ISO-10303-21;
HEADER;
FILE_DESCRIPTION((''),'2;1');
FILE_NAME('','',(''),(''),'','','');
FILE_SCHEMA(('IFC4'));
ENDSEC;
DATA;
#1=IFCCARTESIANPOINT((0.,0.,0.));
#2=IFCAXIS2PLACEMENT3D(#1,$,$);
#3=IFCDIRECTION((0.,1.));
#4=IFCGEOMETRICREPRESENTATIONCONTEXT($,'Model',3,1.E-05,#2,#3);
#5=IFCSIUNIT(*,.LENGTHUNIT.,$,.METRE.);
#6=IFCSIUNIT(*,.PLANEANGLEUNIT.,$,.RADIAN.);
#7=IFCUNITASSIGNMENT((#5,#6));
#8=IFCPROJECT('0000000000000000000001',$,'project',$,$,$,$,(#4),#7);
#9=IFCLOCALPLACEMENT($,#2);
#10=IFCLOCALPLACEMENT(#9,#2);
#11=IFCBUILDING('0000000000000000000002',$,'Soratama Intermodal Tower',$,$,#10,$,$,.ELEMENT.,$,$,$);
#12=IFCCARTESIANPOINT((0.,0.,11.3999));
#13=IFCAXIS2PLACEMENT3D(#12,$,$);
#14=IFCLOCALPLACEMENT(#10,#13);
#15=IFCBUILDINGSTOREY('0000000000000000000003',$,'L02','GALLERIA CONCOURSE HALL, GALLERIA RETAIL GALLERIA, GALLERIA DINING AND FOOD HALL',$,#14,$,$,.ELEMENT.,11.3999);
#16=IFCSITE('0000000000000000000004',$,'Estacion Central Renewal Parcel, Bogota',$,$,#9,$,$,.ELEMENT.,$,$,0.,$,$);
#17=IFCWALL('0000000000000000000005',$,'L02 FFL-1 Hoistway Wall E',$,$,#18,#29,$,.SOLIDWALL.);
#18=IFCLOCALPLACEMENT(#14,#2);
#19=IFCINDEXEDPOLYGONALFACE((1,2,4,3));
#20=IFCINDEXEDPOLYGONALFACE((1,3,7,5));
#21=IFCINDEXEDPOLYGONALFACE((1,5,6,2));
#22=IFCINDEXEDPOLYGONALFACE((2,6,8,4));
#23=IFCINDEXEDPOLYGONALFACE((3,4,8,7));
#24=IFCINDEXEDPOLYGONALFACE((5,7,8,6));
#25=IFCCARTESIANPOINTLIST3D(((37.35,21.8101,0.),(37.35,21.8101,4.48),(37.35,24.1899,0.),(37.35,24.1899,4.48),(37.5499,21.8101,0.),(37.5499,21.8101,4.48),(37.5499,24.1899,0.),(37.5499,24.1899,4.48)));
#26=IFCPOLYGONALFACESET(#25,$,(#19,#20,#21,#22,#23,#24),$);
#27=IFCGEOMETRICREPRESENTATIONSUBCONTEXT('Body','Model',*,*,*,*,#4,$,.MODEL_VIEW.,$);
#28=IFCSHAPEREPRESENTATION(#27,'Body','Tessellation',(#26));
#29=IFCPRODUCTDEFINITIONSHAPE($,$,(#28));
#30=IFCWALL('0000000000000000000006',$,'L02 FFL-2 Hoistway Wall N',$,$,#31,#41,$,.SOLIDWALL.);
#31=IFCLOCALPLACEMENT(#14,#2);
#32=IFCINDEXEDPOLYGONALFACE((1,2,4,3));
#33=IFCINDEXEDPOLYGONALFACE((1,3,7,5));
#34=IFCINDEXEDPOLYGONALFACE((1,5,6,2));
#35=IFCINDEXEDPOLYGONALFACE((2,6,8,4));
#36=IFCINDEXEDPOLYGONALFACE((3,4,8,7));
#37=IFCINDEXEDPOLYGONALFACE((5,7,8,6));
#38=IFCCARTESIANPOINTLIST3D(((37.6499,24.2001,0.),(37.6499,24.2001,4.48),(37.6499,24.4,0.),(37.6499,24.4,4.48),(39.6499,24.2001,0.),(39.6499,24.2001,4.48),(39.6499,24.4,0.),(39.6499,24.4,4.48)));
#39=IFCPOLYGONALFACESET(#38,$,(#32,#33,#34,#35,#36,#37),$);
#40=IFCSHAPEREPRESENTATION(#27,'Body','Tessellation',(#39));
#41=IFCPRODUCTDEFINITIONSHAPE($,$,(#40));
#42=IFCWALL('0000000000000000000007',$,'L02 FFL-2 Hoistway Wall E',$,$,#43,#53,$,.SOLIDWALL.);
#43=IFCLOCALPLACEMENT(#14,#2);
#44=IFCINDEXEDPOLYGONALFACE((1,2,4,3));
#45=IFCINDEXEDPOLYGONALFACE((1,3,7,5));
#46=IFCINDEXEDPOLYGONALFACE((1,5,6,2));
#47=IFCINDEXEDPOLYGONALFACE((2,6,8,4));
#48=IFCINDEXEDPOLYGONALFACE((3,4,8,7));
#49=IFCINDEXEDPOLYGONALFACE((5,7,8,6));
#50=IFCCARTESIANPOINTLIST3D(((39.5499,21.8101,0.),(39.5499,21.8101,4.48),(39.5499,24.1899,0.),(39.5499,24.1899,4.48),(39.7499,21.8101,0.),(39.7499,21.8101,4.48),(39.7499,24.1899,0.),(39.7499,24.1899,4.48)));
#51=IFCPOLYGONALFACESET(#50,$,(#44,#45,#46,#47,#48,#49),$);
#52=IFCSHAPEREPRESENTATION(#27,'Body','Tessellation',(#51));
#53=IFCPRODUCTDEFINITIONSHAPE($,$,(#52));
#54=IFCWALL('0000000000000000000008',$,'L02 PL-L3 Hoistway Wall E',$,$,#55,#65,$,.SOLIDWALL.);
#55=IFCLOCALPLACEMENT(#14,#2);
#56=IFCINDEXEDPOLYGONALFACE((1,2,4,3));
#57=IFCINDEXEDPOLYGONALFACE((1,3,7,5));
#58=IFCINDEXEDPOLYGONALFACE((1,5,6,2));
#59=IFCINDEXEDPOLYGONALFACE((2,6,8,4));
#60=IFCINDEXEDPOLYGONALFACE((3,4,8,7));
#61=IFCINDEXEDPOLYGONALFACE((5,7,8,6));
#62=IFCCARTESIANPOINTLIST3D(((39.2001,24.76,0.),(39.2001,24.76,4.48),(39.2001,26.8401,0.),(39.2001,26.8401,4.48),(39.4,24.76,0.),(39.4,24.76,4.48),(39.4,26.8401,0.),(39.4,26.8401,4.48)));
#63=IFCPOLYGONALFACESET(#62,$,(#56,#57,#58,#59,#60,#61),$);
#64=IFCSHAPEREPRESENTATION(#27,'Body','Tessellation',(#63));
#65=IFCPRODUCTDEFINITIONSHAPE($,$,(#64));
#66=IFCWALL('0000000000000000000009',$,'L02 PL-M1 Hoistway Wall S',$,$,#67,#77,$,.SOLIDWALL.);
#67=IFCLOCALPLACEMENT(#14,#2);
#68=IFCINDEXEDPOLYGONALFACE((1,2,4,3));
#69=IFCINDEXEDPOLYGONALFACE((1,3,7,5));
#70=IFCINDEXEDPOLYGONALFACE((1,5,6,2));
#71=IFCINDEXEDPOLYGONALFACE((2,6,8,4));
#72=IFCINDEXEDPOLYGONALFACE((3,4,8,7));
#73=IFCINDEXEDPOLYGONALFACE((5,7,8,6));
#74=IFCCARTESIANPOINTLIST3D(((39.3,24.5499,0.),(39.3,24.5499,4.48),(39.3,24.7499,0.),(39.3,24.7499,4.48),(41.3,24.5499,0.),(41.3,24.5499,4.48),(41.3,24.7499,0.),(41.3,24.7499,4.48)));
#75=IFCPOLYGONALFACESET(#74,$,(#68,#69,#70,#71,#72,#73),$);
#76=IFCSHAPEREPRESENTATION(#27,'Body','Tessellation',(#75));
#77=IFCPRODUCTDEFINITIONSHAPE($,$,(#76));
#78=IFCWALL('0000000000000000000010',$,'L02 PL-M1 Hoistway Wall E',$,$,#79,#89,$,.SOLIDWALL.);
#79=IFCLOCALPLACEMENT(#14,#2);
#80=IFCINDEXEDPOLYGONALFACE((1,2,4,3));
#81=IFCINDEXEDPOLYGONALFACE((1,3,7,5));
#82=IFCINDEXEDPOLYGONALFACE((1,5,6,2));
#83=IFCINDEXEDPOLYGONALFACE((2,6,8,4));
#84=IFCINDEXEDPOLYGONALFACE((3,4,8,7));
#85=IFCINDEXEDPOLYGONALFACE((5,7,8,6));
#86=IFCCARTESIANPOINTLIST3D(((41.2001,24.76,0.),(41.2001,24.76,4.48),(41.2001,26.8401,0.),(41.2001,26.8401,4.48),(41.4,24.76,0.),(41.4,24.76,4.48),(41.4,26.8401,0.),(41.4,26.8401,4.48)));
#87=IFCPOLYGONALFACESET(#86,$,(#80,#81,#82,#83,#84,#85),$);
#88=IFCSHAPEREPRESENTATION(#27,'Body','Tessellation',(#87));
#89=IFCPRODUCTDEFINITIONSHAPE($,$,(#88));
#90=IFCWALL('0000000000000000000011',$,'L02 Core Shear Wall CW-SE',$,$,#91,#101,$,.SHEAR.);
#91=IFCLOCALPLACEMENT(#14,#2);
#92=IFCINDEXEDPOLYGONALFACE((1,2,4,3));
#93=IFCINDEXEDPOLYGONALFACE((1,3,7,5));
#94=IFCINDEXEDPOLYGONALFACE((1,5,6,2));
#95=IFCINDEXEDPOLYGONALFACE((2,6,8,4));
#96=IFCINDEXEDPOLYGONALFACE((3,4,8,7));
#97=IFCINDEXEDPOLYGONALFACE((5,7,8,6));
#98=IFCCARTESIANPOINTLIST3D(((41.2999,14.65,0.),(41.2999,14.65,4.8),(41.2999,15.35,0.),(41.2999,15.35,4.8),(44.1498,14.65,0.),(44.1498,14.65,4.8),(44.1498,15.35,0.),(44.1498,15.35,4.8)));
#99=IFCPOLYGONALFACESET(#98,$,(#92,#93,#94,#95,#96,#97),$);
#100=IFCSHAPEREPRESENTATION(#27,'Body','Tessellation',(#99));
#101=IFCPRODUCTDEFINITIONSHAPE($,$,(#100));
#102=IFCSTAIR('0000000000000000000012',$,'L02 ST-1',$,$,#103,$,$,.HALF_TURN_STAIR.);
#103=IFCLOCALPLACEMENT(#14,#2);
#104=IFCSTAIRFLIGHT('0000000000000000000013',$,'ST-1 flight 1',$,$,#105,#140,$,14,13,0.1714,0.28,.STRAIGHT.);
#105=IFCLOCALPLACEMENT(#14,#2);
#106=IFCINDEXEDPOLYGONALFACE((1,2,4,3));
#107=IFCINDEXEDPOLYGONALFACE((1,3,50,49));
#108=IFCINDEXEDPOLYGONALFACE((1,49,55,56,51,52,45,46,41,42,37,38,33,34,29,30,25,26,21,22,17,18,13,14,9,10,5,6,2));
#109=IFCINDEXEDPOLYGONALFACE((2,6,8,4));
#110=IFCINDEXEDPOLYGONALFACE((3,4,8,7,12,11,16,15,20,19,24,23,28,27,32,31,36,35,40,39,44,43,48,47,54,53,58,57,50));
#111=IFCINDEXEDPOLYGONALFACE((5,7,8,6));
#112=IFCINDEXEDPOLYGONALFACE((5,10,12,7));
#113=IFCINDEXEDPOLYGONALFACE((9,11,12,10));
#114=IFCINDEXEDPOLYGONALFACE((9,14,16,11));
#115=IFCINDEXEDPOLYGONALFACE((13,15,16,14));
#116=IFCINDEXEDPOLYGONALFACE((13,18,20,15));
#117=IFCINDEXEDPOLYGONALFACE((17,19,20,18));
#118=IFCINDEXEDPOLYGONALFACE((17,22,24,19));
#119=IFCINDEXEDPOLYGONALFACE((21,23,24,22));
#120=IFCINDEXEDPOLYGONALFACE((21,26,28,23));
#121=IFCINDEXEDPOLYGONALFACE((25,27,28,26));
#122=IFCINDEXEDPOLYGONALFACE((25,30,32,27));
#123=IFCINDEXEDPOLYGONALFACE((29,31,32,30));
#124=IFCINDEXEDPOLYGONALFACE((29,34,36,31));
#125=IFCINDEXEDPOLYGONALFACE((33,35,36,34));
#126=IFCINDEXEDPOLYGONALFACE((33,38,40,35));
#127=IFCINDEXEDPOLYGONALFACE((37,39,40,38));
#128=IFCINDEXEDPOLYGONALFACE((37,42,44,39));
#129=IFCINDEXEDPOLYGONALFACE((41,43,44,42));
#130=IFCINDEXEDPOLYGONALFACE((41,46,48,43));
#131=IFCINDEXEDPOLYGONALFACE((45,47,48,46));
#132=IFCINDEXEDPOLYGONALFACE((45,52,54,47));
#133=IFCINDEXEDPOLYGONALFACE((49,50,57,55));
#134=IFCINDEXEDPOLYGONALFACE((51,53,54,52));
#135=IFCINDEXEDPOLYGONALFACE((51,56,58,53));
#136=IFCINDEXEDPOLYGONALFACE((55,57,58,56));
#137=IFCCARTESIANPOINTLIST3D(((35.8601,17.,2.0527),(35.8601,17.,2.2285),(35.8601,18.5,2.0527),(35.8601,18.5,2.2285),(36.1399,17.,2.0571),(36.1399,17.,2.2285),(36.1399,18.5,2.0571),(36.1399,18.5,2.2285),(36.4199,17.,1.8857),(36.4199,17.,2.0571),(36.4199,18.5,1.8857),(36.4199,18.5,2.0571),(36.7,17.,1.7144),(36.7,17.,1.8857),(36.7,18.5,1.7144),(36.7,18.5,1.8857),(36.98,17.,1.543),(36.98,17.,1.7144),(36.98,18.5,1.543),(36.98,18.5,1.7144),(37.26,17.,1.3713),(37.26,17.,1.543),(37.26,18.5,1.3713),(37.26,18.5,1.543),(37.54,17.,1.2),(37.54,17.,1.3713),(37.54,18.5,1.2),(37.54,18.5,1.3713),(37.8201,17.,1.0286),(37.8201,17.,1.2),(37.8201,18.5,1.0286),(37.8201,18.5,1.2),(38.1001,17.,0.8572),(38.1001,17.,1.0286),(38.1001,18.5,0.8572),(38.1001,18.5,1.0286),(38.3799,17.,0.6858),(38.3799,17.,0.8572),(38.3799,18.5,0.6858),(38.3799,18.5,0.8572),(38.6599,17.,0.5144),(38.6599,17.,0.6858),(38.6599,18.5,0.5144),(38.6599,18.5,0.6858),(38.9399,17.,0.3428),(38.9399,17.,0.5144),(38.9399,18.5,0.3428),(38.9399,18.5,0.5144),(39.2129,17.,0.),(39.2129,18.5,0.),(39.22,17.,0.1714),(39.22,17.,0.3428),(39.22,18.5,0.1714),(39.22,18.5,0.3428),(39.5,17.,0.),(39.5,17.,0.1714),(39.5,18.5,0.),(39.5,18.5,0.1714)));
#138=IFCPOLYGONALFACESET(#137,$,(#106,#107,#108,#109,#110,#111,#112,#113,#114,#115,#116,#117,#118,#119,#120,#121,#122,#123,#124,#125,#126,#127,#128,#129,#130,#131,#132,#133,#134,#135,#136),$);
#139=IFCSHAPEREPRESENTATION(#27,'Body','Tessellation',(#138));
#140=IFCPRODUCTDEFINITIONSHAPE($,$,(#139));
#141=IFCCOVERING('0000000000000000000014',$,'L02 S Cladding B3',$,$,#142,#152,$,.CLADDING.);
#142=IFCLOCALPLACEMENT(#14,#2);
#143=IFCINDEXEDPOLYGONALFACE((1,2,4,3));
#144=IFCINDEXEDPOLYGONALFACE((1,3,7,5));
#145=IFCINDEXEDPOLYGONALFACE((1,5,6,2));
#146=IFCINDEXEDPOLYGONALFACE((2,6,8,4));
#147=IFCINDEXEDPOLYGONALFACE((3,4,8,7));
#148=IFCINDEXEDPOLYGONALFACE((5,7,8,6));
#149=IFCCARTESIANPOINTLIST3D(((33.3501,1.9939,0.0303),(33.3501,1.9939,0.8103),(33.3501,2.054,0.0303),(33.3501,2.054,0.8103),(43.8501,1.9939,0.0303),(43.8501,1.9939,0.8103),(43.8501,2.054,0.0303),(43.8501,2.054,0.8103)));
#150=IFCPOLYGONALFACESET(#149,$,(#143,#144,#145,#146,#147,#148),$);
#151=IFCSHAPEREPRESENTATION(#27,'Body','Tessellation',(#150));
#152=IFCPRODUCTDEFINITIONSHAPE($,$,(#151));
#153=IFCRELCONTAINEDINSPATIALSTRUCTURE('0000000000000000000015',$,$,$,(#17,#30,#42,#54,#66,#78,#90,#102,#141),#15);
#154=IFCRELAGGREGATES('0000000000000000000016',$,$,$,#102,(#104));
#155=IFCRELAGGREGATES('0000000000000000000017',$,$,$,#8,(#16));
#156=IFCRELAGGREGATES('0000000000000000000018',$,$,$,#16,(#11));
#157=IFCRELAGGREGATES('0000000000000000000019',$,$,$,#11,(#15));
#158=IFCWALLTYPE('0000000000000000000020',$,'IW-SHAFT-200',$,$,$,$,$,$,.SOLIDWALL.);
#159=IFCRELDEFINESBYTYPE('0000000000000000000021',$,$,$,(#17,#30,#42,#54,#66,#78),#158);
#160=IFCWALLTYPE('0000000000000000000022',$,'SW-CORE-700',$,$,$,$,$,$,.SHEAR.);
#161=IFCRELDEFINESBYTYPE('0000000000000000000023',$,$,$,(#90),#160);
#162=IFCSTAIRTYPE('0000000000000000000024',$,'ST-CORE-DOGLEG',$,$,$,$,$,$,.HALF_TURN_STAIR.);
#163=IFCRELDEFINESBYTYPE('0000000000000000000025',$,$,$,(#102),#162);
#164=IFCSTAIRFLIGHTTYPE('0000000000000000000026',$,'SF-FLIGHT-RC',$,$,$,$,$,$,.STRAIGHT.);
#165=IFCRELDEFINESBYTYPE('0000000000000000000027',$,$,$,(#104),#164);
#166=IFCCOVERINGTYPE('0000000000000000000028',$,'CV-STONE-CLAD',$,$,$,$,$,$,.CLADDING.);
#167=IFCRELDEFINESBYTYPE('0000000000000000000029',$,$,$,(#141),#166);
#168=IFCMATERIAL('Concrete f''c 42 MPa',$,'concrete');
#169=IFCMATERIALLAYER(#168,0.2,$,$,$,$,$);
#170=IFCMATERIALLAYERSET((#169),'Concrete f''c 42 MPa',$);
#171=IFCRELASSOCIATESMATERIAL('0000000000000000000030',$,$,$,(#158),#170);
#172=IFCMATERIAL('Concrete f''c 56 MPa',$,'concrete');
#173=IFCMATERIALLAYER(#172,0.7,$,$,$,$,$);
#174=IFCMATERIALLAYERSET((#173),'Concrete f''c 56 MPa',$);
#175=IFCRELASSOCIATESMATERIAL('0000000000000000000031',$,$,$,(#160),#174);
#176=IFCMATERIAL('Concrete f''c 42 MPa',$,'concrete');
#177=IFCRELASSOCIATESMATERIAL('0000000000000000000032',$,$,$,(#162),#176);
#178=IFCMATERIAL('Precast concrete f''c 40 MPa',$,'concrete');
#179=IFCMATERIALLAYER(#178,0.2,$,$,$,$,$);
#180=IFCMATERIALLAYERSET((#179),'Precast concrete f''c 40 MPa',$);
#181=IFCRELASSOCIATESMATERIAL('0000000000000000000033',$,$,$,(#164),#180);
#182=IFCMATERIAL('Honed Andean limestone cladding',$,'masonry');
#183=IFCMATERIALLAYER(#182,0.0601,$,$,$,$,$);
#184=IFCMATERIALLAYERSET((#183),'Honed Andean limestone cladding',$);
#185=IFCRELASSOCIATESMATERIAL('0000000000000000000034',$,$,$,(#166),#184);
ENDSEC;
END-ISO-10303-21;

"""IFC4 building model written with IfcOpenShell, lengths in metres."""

from ifc_helpers import new_model, si_unit, direction, frame, frame_2d, origin, origin_2d, place, context, subcontext, project, spatial, polyline, rectangle, outline, extrude, material, layer, layer_set, type_object, element, aggregate, save


model = new_model("IFC4")

# Units and contexts
model_context = context("Model", 3, precision=1e-05, world=origin(), true_north=direction((0.0, 1.0)))
body_context = subcontext(model_context, "Body", "Model", "MODEL_VIEW")
ifc_project = project(units=[si_unit("LENGTHUNIT", "METRE"), si_unit("PLANEANGLEUNIT", "RADIAN")], contexts=[model_context])

# Site, building, storey
site_placement = place(None, origin())
site = spatial("IfcSite", under=ifc_project, at=site_placement, Name="Estacion Central Renewal Parcel, Bogota", CompositionType="ELEMENT", RefElevation=0.0)
building_placement = place(site_placement, origin())
building = spatial("IfcBuilding", under=site, at=building_placement, Name="Soratama Intermodal Tower", CompositionType="ELEMENT")
storey_placement = place(building_placement, frame((0.0, 0.0, 11.3999)))
storey = spatial("IfcBuildingStorey", under=building, at=storey_placement, Name="L02", Description="GALLERIA CONCOURSE HALL, GALLERIA RETAIL GALLERIA, GALLERIA DINING AND FOOD HALL", CompositionType="ELEMENT", Elevation=11.3999)

# Wall
ifc_material_1 = material(Name="Concrete f'c 42 MPa", Category="concrete")
ifc_layer_1 = layer(ifc_material_1, 0.2)
ifc_layer_set_1 = layer_set([ifc_layer_1], Name="Concrete f'c 42 MPa")
wall_type_1 = type_object("IfcWallType", Name="IW-SHAFT-200", PredefinedType="SOLIDWALL", material=ifc_layer_set_1)
wall_1_placement = place(storey_placement, frame((37.45, 21.8101, 0.0), z_axis=(0.0, 0.0, 1.0), x_axis=(0.0, 1.0, 0.0)))
element("IfcWall", 1, at=wall_1_placement, inside=storey, type_object=wall_type_1, Name="L02 FFL-1 Hoistway Wall E", PredefinedType="SOLIDWALL", context=body_context, shape_type="SweptSolid", body=[
    extrude(rectangle(XDim=2.3799, YDim=0.2, at=frame_2d((1.1899, 0.0))), origin(), (0.0, 0.0, 1.0), 4.48),
])

# Walls
wall_2_placement = place(storey_placement, frame((37.6499, 24.3, 0.0), z_axis=(0.0, 0.0, 1.0), x_axis=(1.0, 0.0, 0.0)))
element("IfcWall", 2, at=wall_2_placement, inside=storey, type_object=wall_type_1, Name="L02 FFL-2 Hoistway Wall N", PredefinedType="SOLIDWALL", context=body_context, shape_type="SweptSolid", body=[
    extrude(rectangle(XDim=2.0, YDim=0.2, at=frame_2d((1.0, 0.0))), origin(), (0.0, 0.0, 1.0), 4.48),
])
wall_3_placement = place(storey_placement, frame((39.6499, 21.8101, 0.0), z_axis=(0.0, 0.0, 1.0), x_axis=(0.0, 1.0, 0.0)))
element("IfcWall", 3, at=wall_3_placement, inside=storey, type_object=wall_type_1, Name="L02 FFL-2 Hoistway Wall E", PredefinedType="SOLIDWALL", context=body_context, shape_type="SweptSolid", body=[
    extrude(rectangle(XDim=2.3799, YDim=0.2, at=frame_2d((1.1899, 0.0))), origin(), (0.0, 0.0, 1.0), 4.48),
])
wall_4_placement = place(storey_placement, frame((39.3, 24.76, 0.0), z_axis=(0.0, 0.0, 1.0), x_axis=(0.0, 1.0, 0.0)))
element("IfcWall", 4, at=wall_4_placement, inside=storey, type_object=wall_type_1, Name="L02 PL-L3 Hoistway Wall E", PredefinedType="SOLIDWALL", context=body_context, shape_type="SweptSolid", body=[
    extrude(rectangle(XDim=2.0801, YDim=0.2, at=frame_2d((1.04, 0.0))), origin(), (0.0, 0.0, 1.0), 4.48),
])
wall_5_placement = place(storey_placement, frame((39.3, 24.6499, 0.0), z_axis=(0.0, 0.0, 1.0), x_axis=(1.0, 0.0, 0.0)))
element("IfcWall", 5, at=wall_5_placement, inside=storey, type_object=wall_type_1, Name="L02 PL-M1 Hoistway Wall S", PredefinedType="SOLIDWALL", context=body_context, shape_type="SweptSolid", body=[
    extrude(rectangle(XDim=2.0, YDim=0.2, at=frame_2d((1.0, 0.0))), origin(), (0.0, 0.0, 1.0), 4.48),
])
wall_6_placement = place(storey_placement, frame((41.3, 24.76, 0.0), z_axis=(0.0, 0.0, 1.0), x_axis=(0.0, 1.0, 0.0)))
element("IfcWall", 6, at=wall_6_placement, inside=storey, type_object=wall_type_1, Name="L02 PL-M1 Hoistway Wall E", PredefinedType="SOLIDWALL", context=body_context, shape_type="SweptSolid", body=[
    extrude(rectangle(XDim=2.0801, YDim=0.2, at=frame_2d((1.04, 0.0))), origin(), (0.0, 0.0, 1.0), 4.48),
])
ifc_material_2 = material(Name="Concrete f'c 56 MPa", Category="concrete")
ifc_layer_2 = layer(ifc_material_2, 0.7)
ifc_layer_set_2 = layer_set([ifc_layer_2], Name="Concrete f'c 56 MPa")
wall_type_2 = type_object("IfcWallType", Name="SW-CORE-700", PredefinedType="SHEAR", material=ifc_layer_set_2)
wall_7_placement = place(storey_placement, frame((41.3, 15.0, 0.0), z_axis=(0.0, 0.0, 1.0), x_axis=(1.0, 0.0, 0.0)))
element("IfcWall", 7, at=wall_7_placement, inside=storey, type_object=wall_type_2, Name="L02 Core Shear Wall CW-SE", PredefinedType="SHEAR", context=body_context, shape_type="SweptSolid", body=[
    extrude(rectangle(XDim=2.8499, YDim=0.7, at=frame_2d((1.4248, 0.0))), origin(), (0.0, 0.0, 1.0), 4.8),
])

# Stair, stair flight
ifc_material_3 = material(Name="Concrete f'c 42 MPa", Category="concrete")
stair_type = type_object("IfcStairType", Name="ST-CORE-DOGLEG", PredefinedType="HALF_TURN_STAIR", material=ifc_material_3)
stair_placement = place(storey_placement, origin())
stair = element("IfcStair", 8, at=stair_placement, inside=storey, type_object=stair_type, Name="L02 ST-1", PredefinedType="HALF_TURN_STAIR")
ifc_material_4 = material(Name="Precast concrete f'c 40 MPa", Category="concrete")
ifc_layer_3 = layer(ifc_material_4, 0.2)
ifc_layer_set_3 = layer_set([ifc_layer_3], Name="Precast concrete f'c 40 MPa")
stair_flight_type = type_object("IfcStairFlightType", Name="SF-FLIGHT-RC", PredefinedType="STRAIGHT", material=ifc_layer_set_3)
stair_flight_placement = place(storey_placement, frame((39.5, 17.75, 0.0), z_axis=(0.0, 0.0, 1.0), x_axis=(-1.0, 0.0, 0.0)))
stair_flight = element("IfcStairFlight", 9, at=stair_flight_placement, type_object=stair_flight_type, Name="ST-1 flight 1", NumberOfRisers=14, NumberOfTreads=13, PredefinedType="STRAIGHT", RiserHeight=0.1714, TreadLength=0.28, context=body_context, shape_type="SweptSolid", body=[
    extrude(outline(polyline([(0.0, 0.0), (0.0, 0.1714), (0.28, 0.1714), (0.28, 0.3428), (0.5601, 0.3428), (0.5601, 0.5144), (0.8401, 0.5144), (0.8401, 0.6858), (1.1201, 0.6858), (1.1201, 0.8572), (1.3999, 0.8572), (1.3999, 1.0286), (1.6799, 1.0286), (1.6799, 1.2), (1.96, 1.2), (1.96, 1.3713), (2.24, 1.3713), (2.24, 1.543), (2.52, 1.543), (2.52, 1.7144), (2.8, 1.7144), (2.8, 1.8857), (3.0801, 1.8857), (3.0801, 2.0571), (3.3601, 2.0571), (3.3601, 2.2285), (3.6399, 2.2285), (3.6399, 2.3999), (3.6399, 2.0527), (0.2871, 0.0), (0.0, 0.0)])), frame((0.0, 0.75, 0.0), z_axis=(0.0, -1.0, 0.0), x_axis=(1.0, 0.0, 0.0)), (0.0, 0.0, 1.0), 1.5),
])
aggregate(stair, [stair_flight])

# Covering
ifc_material_5 = material(Name="Honed Andean limestone cladding", Category="masonry")
ifc_layer_4 = layer(ifc_material_5, 0.0601)
ifc_layer_set_4 = layer_set([ifc_layer_4], Name="Honed Andean limestone cladding")
covering_type = type_object("IfcCoveringType", Name="CV-STONE-CLAD", PredefinedType="CLADDING", material=ifc_layer_set_4)
covering_placement = place(storey_placement, frame((38.6001, 2.0239, 0.0303), z_axis=(0.0, 0.0, 1.0), x_axis=(1.0, 0.0, 0.0)))
element("IfcCovering", 10, at=covering_placement, inside=storey, type_object=covering_type, Name="L02 S Cladding B3", PredefinedType="CLADDING", context=body_context, shape_type="SweptSolid", body=[
    extrude(rectangle(XDim=10.5, YDim=0.0601, at=origin_2d()), origin(), (0.0, 0.0, 1.0), 0.78),
])

save(model, "model.ifc")
